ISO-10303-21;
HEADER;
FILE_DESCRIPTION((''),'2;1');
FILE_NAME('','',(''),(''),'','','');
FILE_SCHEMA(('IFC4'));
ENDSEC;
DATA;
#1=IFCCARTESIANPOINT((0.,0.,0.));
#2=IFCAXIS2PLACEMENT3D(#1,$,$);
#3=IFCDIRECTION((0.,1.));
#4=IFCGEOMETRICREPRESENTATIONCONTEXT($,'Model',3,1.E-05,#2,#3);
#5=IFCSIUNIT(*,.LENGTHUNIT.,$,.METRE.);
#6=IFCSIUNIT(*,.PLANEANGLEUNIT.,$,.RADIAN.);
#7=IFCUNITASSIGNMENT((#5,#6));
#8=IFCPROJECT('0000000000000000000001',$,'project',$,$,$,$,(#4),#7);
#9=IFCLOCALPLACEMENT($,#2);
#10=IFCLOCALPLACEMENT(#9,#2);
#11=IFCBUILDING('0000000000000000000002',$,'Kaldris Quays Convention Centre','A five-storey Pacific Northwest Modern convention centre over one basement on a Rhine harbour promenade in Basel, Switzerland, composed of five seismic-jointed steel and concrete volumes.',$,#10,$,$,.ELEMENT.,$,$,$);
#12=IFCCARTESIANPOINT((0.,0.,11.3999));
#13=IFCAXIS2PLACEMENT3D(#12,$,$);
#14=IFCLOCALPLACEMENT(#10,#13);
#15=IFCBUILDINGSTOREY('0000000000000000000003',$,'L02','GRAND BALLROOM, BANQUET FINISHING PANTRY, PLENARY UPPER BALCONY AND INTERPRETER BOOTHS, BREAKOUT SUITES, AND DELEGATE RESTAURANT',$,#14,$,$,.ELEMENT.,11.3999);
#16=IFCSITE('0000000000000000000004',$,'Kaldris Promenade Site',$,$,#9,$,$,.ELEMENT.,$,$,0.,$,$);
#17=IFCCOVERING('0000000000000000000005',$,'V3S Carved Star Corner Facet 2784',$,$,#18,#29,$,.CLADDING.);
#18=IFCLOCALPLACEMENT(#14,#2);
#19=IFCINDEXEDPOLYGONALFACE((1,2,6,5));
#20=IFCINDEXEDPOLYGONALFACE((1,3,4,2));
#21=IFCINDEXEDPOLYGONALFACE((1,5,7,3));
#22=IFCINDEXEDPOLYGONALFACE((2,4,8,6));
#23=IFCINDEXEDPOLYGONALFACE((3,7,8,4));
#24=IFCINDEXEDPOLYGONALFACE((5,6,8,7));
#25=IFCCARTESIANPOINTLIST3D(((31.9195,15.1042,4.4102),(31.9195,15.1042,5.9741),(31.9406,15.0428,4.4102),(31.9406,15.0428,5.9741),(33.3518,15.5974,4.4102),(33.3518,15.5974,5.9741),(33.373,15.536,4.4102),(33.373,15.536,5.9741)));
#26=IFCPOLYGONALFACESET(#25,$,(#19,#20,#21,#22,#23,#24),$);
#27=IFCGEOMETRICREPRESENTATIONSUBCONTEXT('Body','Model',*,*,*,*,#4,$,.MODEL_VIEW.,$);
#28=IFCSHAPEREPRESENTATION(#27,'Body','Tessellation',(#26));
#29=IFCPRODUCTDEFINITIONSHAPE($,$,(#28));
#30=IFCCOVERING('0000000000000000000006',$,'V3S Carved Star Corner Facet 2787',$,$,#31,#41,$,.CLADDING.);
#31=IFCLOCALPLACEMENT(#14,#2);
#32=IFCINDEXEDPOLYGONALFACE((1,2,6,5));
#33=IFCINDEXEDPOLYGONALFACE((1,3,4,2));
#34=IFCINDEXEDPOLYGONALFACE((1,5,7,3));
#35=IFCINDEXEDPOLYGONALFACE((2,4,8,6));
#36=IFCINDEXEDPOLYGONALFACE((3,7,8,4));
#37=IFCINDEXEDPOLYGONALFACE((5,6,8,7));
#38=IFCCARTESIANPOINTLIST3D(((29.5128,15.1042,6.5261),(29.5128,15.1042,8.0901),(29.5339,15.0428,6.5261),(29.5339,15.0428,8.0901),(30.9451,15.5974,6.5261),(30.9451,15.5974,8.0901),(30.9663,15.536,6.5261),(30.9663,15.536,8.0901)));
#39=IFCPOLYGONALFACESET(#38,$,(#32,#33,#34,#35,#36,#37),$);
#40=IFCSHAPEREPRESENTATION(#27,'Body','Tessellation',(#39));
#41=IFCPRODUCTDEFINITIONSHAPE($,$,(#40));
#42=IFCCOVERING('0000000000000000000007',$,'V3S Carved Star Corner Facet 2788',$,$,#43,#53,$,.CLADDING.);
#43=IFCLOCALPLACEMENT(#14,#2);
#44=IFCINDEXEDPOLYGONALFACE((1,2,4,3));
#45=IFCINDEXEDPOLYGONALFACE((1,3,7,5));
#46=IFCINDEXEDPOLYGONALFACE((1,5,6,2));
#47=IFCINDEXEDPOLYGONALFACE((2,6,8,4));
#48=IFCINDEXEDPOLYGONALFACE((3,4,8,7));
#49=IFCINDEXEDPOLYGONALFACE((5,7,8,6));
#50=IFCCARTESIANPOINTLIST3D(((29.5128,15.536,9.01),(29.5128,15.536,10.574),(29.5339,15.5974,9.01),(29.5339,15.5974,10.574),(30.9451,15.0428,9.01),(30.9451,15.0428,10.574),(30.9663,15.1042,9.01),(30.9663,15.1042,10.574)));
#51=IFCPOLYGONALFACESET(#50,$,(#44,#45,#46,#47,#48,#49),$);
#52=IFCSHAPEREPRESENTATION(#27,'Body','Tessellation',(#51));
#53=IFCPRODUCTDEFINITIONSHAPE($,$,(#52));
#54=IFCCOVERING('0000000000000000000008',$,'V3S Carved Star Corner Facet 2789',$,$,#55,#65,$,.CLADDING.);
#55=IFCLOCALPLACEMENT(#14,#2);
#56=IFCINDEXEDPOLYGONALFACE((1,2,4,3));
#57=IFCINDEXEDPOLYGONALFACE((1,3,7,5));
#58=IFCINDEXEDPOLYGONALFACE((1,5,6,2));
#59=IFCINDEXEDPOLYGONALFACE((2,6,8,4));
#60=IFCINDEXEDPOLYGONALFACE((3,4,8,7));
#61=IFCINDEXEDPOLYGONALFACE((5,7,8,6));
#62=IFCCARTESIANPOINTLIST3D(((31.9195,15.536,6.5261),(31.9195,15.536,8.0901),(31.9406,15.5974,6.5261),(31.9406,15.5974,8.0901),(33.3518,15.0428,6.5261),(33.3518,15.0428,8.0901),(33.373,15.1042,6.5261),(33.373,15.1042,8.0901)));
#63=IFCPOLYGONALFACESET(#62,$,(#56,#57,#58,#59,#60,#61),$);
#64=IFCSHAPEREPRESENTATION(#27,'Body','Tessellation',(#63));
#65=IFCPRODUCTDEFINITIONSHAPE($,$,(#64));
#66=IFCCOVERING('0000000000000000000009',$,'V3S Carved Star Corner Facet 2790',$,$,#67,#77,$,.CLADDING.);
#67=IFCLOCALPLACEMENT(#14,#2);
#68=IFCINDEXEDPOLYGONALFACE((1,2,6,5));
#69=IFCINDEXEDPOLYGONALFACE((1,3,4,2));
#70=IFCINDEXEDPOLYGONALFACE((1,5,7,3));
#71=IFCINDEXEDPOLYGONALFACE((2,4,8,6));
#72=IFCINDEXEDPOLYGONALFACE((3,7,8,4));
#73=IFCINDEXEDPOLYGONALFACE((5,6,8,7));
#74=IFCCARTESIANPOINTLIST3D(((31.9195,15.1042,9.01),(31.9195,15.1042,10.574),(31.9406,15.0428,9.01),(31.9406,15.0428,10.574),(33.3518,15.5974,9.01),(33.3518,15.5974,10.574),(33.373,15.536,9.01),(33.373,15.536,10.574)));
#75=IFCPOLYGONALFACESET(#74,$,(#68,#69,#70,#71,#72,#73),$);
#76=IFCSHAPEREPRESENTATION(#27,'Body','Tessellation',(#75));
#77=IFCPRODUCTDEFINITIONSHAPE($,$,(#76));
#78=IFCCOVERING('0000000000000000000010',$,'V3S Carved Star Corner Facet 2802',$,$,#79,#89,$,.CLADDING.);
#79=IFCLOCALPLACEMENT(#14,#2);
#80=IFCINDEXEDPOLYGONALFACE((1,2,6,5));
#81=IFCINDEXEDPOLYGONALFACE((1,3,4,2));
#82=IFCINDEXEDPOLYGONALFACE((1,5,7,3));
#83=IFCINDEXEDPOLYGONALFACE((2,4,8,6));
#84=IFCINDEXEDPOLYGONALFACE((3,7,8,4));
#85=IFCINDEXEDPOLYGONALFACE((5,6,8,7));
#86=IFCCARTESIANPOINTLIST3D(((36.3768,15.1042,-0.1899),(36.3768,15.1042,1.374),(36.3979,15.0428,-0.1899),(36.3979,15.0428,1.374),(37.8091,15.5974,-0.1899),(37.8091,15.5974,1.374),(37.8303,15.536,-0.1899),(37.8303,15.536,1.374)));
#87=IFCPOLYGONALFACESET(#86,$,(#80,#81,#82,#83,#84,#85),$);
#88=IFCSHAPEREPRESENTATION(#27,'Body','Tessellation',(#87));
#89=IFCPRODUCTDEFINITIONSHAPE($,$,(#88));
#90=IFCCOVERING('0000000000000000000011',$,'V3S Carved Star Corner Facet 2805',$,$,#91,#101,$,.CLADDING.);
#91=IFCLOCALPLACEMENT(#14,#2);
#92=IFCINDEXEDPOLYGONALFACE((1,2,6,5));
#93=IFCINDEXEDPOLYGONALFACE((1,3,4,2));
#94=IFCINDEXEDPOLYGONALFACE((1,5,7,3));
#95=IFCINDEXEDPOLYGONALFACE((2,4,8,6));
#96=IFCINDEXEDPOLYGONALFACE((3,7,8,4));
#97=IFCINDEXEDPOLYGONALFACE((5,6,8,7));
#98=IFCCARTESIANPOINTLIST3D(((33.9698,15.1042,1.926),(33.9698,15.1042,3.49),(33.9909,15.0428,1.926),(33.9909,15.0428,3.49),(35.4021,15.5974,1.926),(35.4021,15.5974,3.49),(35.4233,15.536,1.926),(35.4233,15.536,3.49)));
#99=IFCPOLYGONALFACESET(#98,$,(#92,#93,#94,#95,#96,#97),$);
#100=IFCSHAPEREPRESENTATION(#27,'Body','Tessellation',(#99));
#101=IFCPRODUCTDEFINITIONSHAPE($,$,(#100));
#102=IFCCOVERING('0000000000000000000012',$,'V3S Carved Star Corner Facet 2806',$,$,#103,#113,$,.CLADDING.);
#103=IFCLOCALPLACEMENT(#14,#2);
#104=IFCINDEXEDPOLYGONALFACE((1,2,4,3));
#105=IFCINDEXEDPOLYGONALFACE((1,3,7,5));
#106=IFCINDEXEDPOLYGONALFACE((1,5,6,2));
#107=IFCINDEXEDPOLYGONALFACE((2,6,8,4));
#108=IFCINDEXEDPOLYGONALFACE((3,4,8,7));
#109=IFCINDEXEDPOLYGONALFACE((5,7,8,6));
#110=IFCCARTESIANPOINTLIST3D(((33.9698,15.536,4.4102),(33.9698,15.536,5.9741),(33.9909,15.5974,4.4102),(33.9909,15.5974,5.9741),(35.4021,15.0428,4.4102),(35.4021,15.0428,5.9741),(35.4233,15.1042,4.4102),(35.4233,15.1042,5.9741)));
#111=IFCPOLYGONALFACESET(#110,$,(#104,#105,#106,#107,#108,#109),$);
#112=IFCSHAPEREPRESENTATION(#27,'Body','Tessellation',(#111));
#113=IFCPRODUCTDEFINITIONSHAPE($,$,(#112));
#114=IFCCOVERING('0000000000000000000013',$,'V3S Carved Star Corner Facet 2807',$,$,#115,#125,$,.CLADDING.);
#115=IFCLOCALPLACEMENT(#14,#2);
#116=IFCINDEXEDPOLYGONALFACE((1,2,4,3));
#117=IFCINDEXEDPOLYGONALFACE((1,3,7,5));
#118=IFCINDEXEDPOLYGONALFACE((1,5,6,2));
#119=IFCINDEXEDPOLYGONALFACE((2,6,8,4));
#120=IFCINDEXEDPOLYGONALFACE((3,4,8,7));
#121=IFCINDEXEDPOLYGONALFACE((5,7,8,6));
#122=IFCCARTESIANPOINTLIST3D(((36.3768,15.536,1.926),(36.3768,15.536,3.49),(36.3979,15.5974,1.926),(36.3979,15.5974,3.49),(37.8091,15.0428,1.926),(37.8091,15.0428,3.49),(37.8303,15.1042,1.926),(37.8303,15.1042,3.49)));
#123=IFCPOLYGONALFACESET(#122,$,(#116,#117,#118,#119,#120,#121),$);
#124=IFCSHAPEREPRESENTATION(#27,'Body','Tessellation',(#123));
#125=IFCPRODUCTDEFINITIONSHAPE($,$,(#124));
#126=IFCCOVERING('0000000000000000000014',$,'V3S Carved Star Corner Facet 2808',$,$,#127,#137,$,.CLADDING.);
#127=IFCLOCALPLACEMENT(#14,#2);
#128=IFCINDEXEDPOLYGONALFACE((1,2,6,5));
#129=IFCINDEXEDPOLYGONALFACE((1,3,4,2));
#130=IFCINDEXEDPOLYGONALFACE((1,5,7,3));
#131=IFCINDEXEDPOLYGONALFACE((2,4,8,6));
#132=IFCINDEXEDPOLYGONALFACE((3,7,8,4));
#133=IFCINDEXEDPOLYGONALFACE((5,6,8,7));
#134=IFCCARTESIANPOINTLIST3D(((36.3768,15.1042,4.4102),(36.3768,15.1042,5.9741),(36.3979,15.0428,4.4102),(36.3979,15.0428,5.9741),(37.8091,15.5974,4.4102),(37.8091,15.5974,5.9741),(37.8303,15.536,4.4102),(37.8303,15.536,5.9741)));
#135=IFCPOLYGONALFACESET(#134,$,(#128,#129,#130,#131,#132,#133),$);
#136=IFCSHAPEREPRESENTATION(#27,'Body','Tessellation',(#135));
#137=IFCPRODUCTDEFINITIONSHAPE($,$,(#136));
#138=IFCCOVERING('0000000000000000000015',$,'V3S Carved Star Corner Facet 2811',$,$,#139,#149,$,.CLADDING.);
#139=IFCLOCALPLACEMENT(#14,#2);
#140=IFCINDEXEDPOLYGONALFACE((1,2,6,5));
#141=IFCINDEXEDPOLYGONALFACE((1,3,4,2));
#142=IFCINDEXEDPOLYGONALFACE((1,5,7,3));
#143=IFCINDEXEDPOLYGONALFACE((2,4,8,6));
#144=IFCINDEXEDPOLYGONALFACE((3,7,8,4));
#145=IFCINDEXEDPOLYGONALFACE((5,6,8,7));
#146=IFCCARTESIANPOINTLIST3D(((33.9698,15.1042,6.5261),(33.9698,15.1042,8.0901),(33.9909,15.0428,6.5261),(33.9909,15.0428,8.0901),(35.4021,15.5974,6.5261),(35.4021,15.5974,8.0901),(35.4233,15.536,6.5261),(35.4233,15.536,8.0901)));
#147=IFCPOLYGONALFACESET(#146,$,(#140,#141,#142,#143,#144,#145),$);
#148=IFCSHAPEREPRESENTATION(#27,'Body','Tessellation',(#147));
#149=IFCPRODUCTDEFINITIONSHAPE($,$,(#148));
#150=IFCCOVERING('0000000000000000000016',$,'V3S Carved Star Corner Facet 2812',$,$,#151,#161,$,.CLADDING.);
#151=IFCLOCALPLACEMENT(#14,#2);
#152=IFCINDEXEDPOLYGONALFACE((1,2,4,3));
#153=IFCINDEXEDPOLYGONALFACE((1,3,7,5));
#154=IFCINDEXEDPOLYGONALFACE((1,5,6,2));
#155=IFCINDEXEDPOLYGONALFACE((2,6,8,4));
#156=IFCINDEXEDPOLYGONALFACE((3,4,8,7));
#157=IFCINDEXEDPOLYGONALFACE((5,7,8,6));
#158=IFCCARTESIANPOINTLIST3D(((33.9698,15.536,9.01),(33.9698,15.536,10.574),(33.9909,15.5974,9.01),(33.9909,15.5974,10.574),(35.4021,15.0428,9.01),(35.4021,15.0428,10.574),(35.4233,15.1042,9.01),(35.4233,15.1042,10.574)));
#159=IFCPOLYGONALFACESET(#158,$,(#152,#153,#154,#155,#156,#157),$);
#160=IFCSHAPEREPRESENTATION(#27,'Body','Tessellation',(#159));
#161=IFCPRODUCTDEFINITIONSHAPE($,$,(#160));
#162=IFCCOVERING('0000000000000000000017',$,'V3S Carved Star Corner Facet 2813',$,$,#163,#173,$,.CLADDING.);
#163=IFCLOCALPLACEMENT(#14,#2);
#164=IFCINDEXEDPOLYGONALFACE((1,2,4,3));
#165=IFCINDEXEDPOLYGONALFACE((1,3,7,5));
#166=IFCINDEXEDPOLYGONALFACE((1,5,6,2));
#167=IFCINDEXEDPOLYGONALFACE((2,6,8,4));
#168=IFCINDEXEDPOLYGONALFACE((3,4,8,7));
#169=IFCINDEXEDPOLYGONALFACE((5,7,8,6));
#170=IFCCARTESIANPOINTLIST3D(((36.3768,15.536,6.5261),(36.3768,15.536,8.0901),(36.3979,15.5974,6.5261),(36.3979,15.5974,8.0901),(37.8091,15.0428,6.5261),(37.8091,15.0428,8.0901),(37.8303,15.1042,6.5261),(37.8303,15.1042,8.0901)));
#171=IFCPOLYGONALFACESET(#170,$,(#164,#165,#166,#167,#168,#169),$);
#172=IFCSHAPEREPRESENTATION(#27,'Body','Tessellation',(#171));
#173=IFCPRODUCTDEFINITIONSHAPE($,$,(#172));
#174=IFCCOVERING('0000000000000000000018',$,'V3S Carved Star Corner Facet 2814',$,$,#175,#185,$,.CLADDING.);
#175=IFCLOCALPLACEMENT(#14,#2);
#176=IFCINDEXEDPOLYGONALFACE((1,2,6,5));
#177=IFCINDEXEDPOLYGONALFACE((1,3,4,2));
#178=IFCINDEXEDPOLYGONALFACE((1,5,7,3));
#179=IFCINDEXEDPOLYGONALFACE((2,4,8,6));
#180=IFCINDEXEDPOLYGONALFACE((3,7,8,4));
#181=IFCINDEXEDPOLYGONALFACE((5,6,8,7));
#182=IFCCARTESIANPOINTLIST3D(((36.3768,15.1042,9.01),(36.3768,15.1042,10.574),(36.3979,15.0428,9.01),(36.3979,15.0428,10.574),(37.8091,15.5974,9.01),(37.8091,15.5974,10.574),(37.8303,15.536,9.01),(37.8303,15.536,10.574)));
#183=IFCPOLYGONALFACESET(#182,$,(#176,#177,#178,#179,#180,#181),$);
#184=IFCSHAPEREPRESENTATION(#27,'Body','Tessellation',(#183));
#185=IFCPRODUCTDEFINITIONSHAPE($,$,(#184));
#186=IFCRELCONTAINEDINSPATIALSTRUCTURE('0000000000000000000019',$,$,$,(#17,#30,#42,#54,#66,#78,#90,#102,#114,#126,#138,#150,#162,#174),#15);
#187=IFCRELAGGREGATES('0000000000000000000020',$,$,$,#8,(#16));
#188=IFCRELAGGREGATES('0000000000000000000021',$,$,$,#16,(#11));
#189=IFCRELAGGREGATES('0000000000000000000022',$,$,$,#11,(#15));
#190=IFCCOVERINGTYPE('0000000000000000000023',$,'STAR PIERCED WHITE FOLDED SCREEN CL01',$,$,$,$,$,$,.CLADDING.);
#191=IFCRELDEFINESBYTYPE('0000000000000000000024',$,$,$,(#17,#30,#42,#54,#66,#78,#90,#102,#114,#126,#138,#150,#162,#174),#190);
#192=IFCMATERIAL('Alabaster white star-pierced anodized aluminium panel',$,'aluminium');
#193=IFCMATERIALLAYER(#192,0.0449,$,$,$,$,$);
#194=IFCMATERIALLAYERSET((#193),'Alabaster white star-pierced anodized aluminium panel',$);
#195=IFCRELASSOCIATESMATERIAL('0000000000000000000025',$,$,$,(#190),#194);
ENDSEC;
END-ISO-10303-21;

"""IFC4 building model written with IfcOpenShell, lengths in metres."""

from ifc_helpers import new_model, si_unit, direction, frame, origin, origin_2d, place, context, subcontext, project, spatial, rectangle, extrude, material, layer, layer_set, type_object, element, save


model = new_model("IFC4")

# Units and contexts
model_context = context("Model", 3, precision=1e-05, world=origin(), true_north=direction((0.0, 1.0)))
body_context = subcontext(model_context, "Body", "Model", "MODEL_VIEW")
ifc_project = project(units=[si_unit("LENGTHUNIT", "METRE"), si_unit("PLANEANGLEUNIT", "RADIAN")], contexts=[model_context])

# Site, building, storey
site_placement = place(None, origin())
site = spatial("IfcSite", under=ifc_project, at=site_placement, Name="Kaldris Promenade Site", CompositionType="ELEMENT", RefElevation=0.0)
building_placement = place(site_placement, origin())
building = spatial("IfcBuilding", under=site, at=building_placement, Name="Kaldris Quays Convention Centre", Description="A five-storey Pacific Northwest Modern convention centre over one basement on a Rhine harbour promenade in Basel, Switzerland, composed of five seismic-jointed steel and concrete volumes.", CompositionType="ELEMENT")
storey_placement = place(building_placement, frame((0.0, 0.0, 11.3999)))
storey = spatial("IfcBuildingStorey", under=building, at=storey_placement, Name="L02", Description="GRAND BALLROOM, BANQUET FINISHING PANTRY, PLENARY UPPER BALCONY AND INTERPRETER BOOTHS, BREAKOUT SUITES, AND DELEGATE RESTAURANT", CompositionType="ELEMENT", Elevation=11.3999)

# Coverings
ifc_material = material(Name="Alabaster white star-pierced anodized aluminium panel", Category="aluminium")
ifc_layer = layer(ifc_material, 0.0449)
ifc_layer_set = layer_set([ifc_layer], Name="Alabaster white star-pierced anodized aluminium panel")
covering_type = type_object("IfcCoveringType", Name="STAR PIERCED WHITE FOLDED SCREEN CL01", PredefinedType="CLADDING", material=ifc_layer_set)
for number, where, z_axis, x_axis, name in (
    (1, (32.6462, 15.3201, 4.4102), (0.0, 0.0, 1.0), (0.945519, 0.325568, 0.0), "V3S Carved Star Corner Facet 2784"),
    (2, (30.2395, 15.3201, 6.5261), (0.0, 0.0, 1.0), (0.945519, 0.325568, 0.0), "V3S Carved Star Corner Facet 2787"),
    (3, (30.2395, 15.3201, 9.01), (0.0, 0.0, 1.0), (0.945519, -0.325568, 0.0), "V3S Carved Star Corner Facet 2788"),
    (4, (32.6462, 15.3201, 6.5261), (0.0, 0.0, 1.0), (0.945519, -0.325568, 0.0), "V3S Carved Star Corner Facet 2789"),
    (5, (32.6462, 15.3201, 9.01), (0.0, 0.0, 1.0), (0.945519, 0.325568, 0.0), "V3S Carved Star Corner Facet 2790"),
    (6, (37.1035, 15.3201, -0.1899), (0.0, 0.0, 1.0), (0.945519, 0.325568, 0.0), "V3S Carved Star Corner Facet 2802"),
    (7, (34.6965, 15.3201, 1.926), (0.0, 0.0, 1.0), (0.945519, 0.325568, 0.0), "V3S Carved Star Corner Facet 2805"),
    (8, (34.6965, 15.3201, 4.4102), (0.0, 0.0, 1.0), (0.945519, -0.325568, 0.0), "V3S Carved Star Corner Facet 2806"),
    (9, (37.1035, 15.3201, 1.926), (0.0, 0.0, 1.0), (0.945519, -0.325568, 0.0), "V3S Carved Star Corner Facet 2807"),
    (10, (37.1035, 15.3201, 4.4102), (0.0, 0.0, 1.0), (0.945519, 0.325568, 0.0), "V3S Carved Star Corner Facet 2808"),
    (11, (34.6965, 15.3201, 6.5261), (0.0, 0.0, 1.0), (0.945519, 0.325568, 0.0), "V3S Carved Star Corner Facet 2811"),
    (12, (34.6965, 15.3201, 9.01), (0.0, 0.0, 1.0), (0.945519, -0.325568, 0.0), "V3S Carved Star Corner Facet 2812"),
    (13, (37.1035, 15.3201, 6.5261), (0.0, 0.0, 1.0), (0.945519, -0.325568, 0.0), "V3S Carved Star Corner Facet 2813"),
    (14, (37.1035, 15.3201, 9.01), (0.0, 0.0, 1.0), (0.945519, 0.325568, 0.0), "V3S Carved Star Corner Facet 2814"),
):
    element("IfcCovering", number, at=place(storey_placement, frame(where, z_axis=z_axis, x_axis=x_axis)), inside=storey, type_object=covering_type, Name=name, PredefinedType="CLADDING", context=body_context, shape_type="SweptSolid", body=[
        extrude(rectangle(XDim=1.5149, YDim=0.0649, at=origin_2d()), origin(), (0.0, 0.0, 1.0), 1.564),
    ])

save(model, "model.ifc")
